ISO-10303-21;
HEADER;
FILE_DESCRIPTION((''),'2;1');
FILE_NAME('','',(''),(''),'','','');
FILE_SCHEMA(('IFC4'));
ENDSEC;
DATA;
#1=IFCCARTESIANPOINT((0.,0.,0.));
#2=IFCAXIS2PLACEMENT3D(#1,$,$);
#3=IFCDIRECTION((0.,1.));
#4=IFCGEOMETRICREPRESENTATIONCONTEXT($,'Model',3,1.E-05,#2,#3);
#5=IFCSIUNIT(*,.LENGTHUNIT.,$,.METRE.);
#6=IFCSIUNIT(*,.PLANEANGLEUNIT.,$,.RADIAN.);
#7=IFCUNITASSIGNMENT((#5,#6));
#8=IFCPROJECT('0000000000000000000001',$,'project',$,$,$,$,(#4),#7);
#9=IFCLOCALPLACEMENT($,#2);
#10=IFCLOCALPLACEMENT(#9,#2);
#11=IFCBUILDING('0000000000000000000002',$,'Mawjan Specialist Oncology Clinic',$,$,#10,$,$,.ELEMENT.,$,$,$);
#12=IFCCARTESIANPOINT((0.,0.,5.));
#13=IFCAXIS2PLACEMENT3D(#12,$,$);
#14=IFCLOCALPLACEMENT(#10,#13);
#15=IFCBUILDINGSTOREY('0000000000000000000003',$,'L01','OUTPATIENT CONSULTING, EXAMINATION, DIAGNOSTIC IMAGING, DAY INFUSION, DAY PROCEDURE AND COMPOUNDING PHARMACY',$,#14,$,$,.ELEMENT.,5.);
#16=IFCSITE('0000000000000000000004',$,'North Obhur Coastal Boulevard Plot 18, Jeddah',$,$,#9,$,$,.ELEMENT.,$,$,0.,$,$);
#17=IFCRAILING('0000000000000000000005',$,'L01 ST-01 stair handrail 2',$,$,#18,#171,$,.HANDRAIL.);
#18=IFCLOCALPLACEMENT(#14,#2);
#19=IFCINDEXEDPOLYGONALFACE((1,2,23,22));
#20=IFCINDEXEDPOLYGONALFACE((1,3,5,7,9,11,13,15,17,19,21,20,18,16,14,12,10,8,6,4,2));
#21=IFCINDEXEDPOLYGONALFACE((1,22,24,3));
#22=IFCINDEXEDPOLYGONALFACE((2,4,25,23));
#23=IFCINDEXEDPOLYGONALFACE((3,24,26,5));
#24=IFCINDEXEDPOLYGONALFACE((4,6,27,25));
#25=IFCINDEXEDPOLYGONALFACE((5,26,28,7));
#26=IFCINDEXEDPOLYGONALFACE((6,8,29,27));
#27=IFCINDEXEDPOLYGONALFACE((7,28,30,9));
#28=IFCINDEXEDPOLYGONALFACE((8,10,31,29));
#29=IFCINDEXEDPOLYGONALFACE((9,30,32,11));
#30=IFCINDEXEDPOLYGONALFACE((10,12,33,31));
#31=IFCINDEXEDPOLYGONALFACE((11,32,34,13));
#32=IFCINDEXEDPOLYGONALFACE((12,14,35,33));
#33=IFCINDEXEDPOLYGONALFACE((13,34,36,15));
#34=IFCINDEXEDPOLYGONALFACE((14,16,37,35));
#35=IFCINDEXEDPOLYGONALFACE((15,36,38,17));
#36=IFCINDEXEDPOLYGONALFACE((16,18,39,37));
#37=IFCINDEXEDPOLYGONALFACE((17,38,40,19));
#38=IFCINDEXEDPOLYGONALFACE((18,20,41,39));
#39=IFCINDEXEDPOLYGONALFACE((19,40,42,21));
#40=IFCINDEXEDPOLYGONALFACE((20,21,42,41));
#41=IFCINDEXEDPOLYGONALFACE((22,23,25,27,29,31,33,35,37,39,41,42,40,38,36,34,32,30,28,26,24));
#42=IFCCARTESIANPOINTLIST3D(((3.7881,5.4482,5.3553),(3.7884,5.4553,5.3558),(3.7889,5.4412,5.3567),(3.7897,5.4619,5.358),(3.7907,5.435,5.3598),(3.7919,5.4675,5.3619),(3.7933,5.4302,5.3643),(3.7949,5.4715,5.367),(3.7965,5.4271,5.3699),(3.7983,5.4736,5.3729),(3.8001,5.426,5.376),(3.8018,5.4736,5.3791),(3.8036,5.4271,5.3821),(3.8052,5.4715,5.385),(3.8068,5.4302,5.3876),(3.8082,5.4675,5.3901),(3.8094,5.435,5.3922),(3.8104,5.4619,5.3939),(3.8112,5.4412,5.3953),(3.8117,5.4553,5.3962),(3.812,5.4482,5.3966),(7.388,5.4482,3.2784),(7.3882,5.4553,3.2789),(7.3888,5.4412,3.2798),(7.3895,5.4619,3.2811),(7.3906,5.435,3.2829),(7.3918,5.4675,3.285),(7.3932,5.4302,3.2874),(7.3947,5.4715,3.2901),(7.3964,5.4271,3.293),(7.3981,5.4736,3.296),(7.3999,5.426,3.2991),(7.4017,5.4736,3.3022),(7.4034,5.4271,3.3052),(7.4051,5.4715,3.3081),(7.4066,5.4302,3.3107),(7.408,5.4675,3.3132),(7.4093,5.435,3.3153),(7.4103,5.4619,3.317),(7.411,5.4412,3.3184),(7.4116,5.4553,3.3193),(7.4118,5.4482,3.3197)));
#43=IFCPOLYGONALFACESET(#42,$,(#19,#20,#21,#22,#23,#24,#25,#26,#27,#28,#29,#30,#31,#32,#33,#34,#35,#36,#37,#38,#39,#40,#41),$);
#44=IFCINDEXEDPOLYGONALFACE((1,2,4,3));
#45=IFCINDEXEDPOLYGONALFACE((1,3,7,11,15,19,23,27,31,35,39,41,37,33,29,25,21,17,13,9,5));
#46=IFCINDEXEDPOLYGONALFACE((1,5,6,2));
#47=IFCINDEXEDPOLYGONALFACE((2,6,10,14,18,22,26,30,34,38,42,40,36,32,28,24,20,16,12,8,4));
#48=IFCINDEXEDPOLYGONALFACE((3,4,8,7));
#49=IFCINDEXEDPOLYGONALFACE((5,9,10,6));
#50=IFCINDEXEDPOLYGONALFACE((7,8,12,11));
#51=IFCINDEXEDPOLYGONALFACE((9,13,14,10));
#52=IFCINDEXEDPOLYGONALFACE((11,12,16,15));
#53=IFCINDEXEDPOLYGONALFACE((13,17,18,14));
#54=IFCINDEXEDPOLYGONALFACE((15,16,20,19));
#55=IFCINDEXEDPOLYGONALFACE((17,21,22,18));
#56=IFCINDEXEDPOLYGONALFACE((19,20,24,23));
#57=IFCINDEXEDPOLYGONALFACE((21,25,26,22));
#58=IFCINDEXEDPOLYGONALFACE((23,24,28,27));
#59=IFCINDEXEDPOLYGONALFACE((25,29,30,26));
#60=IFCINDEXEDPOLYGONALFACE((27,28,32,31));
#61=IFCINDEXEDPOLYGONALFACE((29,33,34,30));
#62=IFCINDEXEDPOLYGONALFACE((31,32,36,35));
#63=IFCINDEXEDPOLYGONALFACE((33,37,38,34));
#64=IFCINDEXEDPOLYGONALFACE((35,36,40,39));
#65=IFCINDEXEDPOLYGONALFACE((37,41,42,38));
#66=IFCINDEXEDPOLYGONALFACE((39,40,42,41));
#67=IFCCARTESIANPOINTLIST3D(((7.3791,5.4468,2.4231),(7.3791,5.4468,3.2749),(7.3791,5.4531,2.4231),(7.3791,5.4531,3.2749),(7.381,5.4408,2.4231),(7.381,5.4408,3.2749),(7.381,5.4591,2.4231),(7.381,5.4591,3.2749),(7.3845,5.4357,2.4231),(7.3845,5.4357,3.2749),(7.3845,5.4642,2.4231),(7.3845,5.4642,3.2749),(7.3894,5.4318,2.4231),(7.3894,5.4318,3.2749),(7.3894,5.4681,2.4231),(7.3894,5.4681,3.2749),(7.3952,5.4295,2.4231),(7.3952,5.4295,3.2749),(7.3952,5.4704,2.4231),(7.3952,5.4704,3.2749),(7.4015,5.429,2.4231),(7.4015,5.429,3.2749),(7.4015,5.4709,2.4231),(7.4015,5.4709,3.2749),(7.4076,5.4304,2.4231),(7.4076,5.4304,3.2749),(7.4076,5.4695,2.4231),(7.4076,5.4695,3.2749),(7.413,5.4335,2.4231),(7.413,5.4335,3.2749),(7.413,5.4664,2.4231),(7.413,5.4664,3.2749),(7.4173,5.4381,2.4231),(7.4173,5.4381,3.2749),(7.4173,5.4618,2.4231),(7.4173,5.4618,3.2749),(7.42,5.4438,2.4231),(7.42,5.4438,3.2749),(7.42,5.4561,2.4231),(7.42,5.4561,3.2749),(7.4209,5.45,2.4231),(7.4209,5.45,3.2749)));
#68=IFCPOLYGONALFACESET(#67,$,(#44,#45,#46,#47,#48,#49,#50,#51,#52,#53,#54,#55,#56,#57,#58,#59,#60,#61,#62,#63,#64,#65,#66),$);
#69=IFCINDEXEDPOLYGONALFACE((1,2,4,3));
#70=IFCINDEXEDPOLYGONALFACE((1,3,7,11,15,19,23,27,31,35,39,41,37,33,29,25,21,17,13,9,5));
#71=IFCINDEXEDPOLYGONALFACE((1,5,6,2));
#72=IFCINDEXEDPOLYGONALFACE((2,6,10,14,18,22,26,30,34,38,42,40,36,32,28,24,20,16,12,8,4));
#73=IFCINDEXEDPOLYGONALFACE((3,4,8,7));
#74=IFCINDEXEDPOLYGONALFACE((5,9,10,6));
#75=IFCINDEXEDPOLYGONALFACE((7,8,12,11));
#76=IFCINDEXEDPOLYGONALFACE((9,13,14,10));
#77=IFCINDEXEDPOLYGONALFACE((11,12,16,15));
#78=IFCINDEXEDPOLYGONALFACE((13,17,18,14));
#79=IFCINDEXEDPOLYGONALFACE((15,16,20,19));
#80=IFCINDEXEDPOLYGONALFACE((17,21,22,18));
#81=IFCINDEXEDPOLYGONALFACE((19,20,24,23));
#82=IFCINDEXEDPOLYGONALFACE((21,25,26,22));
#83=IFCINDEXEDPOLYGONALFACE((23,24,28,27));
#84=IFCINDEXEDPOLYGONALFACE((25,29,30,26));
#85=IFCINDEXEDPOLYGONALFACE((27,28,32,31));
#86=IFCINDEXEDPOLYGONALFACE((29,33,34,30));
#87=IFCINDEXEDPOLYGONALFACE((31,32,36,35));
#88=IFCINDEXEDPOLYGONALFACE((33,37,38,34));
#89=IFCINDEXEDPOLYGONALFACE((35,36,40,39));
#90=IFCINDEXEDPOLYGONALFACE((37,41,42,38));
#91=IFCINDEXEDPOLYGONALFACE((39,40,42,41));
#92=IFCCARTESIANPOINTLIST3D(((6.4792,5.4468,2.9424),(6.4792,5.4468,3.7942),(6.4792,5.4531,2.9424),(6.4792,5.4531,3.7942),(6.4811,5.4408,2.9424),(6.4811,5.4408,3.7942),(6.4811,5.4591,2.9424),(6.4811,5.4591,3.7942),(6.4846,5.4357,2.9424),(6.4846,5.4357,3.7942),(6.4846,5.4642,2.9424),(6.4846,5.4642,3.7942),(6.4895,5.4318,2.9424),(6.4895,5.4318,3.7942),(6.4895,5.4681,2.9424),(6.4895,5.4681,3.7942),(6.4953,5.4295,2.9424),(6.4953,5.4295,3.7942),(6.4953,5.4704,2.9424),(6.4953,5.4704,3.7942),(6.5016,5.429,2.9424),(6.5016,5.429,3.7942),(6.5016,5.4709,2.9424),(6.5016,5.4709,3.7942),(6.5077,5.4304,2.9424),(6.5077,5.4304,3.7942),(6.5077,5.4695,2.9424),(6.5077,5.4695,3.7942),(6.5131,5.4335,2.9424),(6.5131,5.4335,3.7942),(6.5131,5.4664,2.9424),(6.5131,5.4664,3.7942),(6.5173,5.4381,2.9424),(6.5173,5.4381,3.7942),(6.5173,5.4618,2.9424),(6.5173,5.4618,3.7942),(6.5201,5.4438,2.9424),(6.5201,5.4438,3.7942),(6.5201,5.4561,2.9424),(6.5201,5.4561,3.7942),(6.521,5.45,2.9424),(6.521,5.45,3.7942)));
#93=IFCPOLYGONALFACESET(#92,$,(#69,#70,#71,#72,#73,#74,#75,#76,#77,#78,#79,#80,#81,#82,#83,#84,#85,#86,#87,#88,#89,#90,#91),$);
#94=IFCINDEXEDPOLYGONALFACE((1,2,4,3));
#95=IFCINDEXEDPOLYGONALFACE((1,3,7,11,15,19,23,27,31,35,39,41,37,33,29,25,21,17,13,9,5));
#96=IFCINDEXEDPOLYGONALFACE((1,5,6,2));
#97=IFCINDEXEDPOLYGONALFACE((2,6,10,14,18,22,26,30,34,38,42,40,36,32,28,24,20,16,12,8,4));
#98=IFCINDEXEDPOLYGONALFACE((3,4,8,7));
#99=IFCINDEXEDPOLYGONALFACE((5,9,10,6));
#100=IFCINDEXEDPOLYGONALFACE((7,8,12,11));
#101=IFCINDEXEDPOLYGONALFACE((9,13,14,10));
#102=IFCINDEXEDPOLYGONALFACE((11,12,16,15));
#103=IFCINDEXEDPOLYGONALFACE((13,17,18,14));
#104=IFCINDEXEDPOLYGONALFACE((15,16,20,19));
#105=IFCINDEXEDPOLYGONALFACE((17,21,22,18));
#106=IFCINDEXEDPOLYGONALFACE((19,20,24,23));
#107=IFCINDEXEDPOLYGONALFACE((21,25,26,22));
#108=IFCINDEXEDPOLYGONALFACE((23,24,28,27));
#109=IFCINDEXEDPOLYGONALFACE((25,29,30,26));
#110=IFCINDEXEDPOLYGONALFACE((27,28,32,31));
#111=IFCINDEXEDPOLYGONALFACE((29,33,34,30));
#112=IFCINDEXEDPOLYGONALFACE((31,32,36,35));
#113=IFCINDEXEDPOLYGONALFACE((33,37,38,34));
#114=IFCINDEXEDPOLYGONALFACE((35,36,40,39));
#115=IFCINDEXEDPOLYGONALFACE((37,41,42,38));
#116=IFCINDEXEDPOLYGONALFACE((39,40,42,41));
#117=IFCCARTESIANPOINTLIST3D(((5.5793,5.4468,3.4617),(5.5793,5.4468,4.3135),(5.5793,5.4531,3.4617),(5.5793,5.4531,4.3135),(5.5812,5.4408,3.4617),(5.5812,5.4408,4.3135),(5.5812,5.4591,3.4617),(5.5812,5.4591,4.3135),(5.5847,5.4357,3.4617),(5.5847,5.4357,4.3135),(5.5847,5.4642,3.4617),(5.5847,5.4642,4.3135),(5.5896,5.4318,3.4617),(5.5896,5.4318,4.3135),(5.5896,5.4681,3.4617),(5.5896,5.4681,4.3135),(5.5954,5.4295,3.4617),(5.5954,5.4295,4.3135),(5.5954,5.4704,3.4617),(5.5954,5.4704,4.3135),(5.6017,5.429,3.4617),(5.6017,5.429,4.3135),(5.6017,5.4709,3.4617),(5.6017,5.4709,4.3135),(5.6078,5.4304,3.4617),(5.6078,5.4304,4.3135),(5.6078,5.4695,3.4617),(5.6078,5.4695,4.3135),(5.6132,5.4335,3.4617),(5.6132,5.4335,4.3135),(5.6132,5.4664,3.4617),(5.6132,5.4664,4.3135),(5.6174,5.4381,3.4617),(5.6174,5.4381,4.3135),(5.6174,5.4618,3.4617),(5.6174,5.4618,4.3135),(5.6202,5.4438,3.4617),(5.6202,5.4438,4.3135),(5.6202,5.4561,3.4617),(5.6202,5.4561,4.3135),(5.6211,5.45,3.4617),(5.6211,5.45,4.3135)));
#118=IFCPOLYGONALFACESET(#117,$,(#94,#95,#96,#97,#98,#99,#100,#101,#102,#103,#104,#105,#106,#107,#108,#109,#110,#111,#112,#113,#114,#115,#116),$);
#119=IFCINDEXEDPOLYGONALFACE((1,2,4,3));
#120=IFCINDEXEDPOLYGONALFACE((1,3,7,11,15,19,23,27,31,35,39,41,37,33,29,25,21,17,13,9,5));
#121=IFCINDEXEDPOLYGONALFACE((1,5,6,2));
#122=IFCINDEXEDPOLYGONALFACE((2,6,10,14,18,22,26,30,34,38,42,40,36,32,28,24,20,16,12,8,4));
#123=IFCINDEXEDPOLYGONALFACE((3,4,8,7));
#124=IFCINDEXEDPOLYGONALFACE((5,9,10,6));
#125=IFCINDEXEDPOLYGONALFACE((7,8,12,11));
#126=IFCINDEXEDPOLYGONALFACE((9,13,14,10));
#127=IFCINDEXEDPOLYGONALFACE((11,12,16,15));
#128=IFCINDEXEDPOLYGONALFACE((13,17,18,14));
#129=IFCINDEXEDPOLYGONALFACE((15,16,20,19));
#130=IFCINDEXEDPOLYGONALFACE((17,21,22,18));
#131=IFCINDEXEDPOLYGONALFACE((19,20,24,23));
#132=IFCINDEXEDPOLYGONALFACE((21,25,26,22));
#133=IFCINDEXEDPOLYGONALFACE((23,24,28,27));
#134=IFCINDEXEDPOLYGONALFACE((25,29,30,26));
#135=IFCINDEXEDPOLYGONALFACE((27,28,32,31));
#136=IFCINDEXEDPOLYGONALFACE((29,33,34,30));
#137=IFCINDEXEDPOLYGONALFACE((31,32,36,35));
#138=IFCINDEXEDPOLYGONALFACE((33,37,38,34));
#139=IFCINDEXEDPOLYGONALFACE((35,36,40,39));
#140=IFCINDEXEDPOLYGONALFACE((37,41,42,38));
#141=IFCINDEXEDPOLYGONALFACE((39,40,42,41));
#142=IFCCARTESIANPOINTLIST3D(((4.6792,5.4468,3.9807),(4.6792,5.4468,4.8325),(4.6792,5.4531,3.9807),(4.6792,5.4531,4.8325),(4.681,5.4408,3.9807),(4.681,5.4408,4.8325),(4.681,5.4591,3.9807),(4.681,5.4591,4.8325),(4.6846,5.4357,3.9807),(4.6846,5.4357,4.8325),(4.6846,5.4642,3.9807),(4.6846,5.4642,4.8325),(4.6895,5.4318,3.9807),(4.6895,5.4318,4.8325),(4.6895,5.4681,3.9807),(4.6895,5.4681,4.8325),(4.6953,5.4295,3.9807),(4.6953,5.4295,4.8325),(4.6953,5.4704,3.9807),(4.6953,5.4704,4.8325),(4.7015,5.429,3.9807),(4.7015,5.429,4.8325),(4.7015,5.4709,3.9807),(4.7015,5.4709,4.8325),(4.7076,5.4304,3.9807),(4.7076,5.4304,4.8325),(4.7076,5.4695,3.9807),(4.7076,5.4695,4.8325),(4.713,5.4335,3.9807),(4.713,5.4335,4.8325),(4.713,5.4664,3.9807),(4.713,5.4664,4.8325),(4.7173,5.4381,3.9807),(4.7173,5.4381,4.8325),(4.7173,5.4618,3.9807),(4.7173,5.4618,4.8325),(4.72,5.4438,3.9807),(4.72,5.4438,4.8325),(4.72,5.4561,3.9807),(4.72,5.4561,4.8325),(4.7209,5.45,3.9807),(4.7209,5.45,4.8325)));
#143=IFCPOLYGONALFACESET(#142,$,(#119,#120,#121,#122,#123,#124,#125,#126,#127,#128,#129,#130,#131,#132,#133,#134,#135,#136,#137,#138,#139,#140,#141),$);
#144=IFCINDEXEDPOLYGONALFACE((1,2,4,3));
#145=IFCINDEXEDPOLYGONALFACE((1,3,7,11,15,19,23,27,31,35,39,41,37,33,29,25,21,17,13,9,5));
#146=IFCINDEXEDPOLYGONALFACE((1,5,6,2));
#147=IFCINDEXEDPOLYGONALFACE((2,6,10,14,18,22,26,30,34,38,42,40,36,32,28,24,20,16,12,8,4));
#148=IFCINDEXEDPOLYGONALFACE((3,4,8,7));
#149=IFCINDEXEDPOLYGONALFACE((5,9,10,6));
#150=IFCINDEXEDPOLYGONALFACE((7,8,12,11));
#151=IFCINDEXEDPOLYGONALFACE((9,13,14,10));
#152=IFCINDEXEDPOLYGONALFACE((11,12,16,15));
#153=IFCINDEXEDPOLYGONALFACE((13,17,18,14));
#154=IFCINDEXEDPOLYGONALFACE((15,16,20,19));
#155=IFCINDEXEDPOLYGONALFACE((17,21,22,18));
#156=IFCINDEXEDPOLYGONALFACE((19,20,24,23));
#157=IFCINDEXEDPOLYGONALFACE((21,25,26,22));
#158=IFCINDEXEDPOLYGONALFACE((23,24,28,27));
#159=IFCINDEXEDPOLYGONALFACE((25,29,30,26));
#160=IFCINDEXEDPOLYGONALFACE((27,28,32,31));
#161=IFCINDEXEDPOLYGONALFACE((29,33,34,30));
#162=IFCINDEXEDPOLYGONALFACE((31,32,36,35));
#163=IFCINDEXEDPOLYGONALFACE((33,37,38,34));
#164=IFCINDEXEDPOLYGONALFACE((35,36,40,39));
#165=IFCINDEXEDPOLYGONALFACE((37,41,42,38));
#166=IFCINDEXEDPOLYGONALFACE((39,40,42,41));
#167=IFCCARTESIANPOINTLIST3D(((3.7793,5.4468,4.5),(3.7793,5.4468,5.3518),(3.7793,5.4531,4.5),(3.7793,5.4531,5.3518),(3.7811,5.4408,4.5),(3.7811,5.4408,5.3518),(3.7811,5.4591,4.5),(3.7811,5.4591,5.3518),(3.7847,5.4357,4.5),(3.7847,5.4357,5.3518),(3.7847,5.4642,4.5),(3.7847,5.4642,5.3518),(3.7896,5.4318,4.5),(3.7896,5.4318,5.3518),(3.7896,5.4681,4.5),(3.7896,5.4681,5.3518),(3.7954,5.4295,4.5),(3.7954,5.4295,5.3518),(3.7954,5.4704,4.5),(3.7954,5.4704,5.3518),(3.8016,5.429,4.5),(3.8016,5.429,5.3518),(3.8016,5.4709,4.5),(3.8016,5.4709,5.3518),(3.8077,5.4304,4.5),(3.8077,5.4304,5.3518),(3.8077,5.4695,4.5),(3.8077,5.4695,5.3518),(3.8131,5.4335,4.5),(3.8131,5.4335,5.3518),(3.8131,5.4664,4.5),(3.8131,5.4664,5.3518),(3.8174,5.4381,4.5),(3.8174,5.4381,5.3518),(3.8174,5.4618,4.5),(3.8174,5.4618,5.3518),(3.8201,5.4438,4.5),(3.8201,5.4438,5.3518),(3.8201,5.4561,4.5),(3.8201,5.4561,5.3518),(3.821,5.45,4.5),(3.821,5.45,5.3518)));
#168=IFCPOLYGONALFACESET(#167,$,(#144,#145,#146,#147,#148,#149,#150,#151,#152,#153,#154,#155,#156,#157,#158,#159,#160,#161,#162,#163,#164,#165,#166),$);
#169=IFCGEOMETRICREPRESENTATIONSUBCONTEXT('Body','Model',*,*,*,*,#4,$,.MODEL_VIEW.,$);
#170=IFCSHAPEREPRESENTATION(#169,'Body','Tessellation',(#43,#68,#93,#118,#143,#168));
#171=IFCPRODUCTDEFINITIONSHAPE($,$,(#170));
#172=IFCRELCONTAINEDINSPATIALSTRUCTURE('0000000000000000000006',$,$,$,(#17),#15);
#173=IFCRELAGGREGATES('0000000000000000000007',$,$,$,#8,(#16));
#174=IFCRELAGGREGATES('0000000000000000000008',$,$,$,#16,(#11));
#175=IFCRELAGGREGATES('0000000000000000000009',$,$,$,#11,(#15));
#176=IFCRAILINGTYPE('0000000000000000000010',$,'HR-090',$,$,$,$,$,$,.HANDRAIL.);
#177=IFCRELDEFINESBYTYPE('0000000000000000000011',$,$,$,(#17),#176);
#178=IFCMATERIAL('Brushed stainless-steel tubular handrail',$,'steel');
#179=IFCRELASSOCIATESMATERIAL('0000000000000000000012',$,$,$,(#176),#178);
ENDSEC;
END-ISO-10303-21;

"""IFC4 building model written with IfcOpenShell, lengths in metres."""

from ifc_helpers import new_model, si_unit, direction, frame, origin, origin_2d, place, context, subcontext, project, spatial, circle, extrude, material, type_object, element, save


model = new_model("IFC4")

# Units and contexts
model_context = context("Model", 3, precision=1e-05, world=origin(), true_north=direction((0.0, 1.0)))
body_context = subcontext(model_context, "Body", "Model", "MODEL_VIEW")
ifc_project = project(units=[si_unit("LENGTHUNIT", "METRE"), si_unit("PLANEANGLEUNIT", "RADIAN")], contexts=[model_context])

# Site, building, storey
site_placement = place(None, origin())
site = spatial("IfcSite", under=ifc_project, at=site_placement, Name="North Obhur Coastal Boulevard Plot 18, Jeddah", CompositionType="ELEMENT", RefElevation=0.0)
building_placement = place(site_placement, origin())
building = spatial("IfcBuilding", under=site, at=building_placement, Name="Mawjan Specialist Oncology Clinic", CompositionType="ELEMENT")
storey_placement = place(building_placement, frame((0.0, 0.0, 5.0)))
storey = spatial("IfcBuildingStorey", under=building, at=storey_placement, Name="L01", Description="OUTPATIENT CONSULTING, EXAMINATION, DIAGNOSTIC IMAGING, DAY INFUSION, DAY PROCEDURE AND COMPOUNDING PHARMACY", CompositionType="ELEMENT", Elevation=5.0)

# Railing
ifc_material_1 = material(Name="Brushed stainless-steel tubular handrail", Category="steel")
railing_type = type_object("IfcRailingType", Name="HR-090", PredefinedType="HANDRAIL", material=ifc_material_1)
railing_placement = place(storey_placement, frame((7.3999, 5.45, 2.4231)))
element("IfcRailing", 1, at=railing_placement, inside=storey, type_object=railing_type, Name="L01 ST-01 stair handrail 2", PredefinedType="HANDRAIL", context=body_context, shape_type="SweptSolid", body=[
    extrude(circle(Radius=0.0239, at=origin_2d()), frame((0.0, 0.0, 0.876), z_axis=(-0.866179, 0.0, 0.499734), x_axis=(0.0, -1.0, 0.0)), (0.0, 0.0, 1.0), 4.156),
    extrude(circle(Radius=0.021, at=origin_2d()), origin(), (0.0, 0.0, 1.0), 0.8518),
    extrude(circle(Radius=0.021, at=origin_2d()), frame((-0.8999, 0.0, 0.5193)), (0.0, 0.0, 1.0), 0.8518),
    extrude(circle(Radius=0.021, at=origin_2d()), frame((-1.7998, 0.0, 1.0386)), (0.0, 0.0, 1.0), 0.8518),
    extrude(circle(Radius=0.021, at=origin_2d()), frame((-2.7, 0.0, 1.5576)), (0.0, 0.0, 1.0), 0.8518),
    extrude(circle(Radius=0.021, at=origin_2d()), frame((-3.5999, 0.0, 2.0769)), (0.0, 0.0, 1.0), 0.8518),
])

save(model, "model.ifc")
